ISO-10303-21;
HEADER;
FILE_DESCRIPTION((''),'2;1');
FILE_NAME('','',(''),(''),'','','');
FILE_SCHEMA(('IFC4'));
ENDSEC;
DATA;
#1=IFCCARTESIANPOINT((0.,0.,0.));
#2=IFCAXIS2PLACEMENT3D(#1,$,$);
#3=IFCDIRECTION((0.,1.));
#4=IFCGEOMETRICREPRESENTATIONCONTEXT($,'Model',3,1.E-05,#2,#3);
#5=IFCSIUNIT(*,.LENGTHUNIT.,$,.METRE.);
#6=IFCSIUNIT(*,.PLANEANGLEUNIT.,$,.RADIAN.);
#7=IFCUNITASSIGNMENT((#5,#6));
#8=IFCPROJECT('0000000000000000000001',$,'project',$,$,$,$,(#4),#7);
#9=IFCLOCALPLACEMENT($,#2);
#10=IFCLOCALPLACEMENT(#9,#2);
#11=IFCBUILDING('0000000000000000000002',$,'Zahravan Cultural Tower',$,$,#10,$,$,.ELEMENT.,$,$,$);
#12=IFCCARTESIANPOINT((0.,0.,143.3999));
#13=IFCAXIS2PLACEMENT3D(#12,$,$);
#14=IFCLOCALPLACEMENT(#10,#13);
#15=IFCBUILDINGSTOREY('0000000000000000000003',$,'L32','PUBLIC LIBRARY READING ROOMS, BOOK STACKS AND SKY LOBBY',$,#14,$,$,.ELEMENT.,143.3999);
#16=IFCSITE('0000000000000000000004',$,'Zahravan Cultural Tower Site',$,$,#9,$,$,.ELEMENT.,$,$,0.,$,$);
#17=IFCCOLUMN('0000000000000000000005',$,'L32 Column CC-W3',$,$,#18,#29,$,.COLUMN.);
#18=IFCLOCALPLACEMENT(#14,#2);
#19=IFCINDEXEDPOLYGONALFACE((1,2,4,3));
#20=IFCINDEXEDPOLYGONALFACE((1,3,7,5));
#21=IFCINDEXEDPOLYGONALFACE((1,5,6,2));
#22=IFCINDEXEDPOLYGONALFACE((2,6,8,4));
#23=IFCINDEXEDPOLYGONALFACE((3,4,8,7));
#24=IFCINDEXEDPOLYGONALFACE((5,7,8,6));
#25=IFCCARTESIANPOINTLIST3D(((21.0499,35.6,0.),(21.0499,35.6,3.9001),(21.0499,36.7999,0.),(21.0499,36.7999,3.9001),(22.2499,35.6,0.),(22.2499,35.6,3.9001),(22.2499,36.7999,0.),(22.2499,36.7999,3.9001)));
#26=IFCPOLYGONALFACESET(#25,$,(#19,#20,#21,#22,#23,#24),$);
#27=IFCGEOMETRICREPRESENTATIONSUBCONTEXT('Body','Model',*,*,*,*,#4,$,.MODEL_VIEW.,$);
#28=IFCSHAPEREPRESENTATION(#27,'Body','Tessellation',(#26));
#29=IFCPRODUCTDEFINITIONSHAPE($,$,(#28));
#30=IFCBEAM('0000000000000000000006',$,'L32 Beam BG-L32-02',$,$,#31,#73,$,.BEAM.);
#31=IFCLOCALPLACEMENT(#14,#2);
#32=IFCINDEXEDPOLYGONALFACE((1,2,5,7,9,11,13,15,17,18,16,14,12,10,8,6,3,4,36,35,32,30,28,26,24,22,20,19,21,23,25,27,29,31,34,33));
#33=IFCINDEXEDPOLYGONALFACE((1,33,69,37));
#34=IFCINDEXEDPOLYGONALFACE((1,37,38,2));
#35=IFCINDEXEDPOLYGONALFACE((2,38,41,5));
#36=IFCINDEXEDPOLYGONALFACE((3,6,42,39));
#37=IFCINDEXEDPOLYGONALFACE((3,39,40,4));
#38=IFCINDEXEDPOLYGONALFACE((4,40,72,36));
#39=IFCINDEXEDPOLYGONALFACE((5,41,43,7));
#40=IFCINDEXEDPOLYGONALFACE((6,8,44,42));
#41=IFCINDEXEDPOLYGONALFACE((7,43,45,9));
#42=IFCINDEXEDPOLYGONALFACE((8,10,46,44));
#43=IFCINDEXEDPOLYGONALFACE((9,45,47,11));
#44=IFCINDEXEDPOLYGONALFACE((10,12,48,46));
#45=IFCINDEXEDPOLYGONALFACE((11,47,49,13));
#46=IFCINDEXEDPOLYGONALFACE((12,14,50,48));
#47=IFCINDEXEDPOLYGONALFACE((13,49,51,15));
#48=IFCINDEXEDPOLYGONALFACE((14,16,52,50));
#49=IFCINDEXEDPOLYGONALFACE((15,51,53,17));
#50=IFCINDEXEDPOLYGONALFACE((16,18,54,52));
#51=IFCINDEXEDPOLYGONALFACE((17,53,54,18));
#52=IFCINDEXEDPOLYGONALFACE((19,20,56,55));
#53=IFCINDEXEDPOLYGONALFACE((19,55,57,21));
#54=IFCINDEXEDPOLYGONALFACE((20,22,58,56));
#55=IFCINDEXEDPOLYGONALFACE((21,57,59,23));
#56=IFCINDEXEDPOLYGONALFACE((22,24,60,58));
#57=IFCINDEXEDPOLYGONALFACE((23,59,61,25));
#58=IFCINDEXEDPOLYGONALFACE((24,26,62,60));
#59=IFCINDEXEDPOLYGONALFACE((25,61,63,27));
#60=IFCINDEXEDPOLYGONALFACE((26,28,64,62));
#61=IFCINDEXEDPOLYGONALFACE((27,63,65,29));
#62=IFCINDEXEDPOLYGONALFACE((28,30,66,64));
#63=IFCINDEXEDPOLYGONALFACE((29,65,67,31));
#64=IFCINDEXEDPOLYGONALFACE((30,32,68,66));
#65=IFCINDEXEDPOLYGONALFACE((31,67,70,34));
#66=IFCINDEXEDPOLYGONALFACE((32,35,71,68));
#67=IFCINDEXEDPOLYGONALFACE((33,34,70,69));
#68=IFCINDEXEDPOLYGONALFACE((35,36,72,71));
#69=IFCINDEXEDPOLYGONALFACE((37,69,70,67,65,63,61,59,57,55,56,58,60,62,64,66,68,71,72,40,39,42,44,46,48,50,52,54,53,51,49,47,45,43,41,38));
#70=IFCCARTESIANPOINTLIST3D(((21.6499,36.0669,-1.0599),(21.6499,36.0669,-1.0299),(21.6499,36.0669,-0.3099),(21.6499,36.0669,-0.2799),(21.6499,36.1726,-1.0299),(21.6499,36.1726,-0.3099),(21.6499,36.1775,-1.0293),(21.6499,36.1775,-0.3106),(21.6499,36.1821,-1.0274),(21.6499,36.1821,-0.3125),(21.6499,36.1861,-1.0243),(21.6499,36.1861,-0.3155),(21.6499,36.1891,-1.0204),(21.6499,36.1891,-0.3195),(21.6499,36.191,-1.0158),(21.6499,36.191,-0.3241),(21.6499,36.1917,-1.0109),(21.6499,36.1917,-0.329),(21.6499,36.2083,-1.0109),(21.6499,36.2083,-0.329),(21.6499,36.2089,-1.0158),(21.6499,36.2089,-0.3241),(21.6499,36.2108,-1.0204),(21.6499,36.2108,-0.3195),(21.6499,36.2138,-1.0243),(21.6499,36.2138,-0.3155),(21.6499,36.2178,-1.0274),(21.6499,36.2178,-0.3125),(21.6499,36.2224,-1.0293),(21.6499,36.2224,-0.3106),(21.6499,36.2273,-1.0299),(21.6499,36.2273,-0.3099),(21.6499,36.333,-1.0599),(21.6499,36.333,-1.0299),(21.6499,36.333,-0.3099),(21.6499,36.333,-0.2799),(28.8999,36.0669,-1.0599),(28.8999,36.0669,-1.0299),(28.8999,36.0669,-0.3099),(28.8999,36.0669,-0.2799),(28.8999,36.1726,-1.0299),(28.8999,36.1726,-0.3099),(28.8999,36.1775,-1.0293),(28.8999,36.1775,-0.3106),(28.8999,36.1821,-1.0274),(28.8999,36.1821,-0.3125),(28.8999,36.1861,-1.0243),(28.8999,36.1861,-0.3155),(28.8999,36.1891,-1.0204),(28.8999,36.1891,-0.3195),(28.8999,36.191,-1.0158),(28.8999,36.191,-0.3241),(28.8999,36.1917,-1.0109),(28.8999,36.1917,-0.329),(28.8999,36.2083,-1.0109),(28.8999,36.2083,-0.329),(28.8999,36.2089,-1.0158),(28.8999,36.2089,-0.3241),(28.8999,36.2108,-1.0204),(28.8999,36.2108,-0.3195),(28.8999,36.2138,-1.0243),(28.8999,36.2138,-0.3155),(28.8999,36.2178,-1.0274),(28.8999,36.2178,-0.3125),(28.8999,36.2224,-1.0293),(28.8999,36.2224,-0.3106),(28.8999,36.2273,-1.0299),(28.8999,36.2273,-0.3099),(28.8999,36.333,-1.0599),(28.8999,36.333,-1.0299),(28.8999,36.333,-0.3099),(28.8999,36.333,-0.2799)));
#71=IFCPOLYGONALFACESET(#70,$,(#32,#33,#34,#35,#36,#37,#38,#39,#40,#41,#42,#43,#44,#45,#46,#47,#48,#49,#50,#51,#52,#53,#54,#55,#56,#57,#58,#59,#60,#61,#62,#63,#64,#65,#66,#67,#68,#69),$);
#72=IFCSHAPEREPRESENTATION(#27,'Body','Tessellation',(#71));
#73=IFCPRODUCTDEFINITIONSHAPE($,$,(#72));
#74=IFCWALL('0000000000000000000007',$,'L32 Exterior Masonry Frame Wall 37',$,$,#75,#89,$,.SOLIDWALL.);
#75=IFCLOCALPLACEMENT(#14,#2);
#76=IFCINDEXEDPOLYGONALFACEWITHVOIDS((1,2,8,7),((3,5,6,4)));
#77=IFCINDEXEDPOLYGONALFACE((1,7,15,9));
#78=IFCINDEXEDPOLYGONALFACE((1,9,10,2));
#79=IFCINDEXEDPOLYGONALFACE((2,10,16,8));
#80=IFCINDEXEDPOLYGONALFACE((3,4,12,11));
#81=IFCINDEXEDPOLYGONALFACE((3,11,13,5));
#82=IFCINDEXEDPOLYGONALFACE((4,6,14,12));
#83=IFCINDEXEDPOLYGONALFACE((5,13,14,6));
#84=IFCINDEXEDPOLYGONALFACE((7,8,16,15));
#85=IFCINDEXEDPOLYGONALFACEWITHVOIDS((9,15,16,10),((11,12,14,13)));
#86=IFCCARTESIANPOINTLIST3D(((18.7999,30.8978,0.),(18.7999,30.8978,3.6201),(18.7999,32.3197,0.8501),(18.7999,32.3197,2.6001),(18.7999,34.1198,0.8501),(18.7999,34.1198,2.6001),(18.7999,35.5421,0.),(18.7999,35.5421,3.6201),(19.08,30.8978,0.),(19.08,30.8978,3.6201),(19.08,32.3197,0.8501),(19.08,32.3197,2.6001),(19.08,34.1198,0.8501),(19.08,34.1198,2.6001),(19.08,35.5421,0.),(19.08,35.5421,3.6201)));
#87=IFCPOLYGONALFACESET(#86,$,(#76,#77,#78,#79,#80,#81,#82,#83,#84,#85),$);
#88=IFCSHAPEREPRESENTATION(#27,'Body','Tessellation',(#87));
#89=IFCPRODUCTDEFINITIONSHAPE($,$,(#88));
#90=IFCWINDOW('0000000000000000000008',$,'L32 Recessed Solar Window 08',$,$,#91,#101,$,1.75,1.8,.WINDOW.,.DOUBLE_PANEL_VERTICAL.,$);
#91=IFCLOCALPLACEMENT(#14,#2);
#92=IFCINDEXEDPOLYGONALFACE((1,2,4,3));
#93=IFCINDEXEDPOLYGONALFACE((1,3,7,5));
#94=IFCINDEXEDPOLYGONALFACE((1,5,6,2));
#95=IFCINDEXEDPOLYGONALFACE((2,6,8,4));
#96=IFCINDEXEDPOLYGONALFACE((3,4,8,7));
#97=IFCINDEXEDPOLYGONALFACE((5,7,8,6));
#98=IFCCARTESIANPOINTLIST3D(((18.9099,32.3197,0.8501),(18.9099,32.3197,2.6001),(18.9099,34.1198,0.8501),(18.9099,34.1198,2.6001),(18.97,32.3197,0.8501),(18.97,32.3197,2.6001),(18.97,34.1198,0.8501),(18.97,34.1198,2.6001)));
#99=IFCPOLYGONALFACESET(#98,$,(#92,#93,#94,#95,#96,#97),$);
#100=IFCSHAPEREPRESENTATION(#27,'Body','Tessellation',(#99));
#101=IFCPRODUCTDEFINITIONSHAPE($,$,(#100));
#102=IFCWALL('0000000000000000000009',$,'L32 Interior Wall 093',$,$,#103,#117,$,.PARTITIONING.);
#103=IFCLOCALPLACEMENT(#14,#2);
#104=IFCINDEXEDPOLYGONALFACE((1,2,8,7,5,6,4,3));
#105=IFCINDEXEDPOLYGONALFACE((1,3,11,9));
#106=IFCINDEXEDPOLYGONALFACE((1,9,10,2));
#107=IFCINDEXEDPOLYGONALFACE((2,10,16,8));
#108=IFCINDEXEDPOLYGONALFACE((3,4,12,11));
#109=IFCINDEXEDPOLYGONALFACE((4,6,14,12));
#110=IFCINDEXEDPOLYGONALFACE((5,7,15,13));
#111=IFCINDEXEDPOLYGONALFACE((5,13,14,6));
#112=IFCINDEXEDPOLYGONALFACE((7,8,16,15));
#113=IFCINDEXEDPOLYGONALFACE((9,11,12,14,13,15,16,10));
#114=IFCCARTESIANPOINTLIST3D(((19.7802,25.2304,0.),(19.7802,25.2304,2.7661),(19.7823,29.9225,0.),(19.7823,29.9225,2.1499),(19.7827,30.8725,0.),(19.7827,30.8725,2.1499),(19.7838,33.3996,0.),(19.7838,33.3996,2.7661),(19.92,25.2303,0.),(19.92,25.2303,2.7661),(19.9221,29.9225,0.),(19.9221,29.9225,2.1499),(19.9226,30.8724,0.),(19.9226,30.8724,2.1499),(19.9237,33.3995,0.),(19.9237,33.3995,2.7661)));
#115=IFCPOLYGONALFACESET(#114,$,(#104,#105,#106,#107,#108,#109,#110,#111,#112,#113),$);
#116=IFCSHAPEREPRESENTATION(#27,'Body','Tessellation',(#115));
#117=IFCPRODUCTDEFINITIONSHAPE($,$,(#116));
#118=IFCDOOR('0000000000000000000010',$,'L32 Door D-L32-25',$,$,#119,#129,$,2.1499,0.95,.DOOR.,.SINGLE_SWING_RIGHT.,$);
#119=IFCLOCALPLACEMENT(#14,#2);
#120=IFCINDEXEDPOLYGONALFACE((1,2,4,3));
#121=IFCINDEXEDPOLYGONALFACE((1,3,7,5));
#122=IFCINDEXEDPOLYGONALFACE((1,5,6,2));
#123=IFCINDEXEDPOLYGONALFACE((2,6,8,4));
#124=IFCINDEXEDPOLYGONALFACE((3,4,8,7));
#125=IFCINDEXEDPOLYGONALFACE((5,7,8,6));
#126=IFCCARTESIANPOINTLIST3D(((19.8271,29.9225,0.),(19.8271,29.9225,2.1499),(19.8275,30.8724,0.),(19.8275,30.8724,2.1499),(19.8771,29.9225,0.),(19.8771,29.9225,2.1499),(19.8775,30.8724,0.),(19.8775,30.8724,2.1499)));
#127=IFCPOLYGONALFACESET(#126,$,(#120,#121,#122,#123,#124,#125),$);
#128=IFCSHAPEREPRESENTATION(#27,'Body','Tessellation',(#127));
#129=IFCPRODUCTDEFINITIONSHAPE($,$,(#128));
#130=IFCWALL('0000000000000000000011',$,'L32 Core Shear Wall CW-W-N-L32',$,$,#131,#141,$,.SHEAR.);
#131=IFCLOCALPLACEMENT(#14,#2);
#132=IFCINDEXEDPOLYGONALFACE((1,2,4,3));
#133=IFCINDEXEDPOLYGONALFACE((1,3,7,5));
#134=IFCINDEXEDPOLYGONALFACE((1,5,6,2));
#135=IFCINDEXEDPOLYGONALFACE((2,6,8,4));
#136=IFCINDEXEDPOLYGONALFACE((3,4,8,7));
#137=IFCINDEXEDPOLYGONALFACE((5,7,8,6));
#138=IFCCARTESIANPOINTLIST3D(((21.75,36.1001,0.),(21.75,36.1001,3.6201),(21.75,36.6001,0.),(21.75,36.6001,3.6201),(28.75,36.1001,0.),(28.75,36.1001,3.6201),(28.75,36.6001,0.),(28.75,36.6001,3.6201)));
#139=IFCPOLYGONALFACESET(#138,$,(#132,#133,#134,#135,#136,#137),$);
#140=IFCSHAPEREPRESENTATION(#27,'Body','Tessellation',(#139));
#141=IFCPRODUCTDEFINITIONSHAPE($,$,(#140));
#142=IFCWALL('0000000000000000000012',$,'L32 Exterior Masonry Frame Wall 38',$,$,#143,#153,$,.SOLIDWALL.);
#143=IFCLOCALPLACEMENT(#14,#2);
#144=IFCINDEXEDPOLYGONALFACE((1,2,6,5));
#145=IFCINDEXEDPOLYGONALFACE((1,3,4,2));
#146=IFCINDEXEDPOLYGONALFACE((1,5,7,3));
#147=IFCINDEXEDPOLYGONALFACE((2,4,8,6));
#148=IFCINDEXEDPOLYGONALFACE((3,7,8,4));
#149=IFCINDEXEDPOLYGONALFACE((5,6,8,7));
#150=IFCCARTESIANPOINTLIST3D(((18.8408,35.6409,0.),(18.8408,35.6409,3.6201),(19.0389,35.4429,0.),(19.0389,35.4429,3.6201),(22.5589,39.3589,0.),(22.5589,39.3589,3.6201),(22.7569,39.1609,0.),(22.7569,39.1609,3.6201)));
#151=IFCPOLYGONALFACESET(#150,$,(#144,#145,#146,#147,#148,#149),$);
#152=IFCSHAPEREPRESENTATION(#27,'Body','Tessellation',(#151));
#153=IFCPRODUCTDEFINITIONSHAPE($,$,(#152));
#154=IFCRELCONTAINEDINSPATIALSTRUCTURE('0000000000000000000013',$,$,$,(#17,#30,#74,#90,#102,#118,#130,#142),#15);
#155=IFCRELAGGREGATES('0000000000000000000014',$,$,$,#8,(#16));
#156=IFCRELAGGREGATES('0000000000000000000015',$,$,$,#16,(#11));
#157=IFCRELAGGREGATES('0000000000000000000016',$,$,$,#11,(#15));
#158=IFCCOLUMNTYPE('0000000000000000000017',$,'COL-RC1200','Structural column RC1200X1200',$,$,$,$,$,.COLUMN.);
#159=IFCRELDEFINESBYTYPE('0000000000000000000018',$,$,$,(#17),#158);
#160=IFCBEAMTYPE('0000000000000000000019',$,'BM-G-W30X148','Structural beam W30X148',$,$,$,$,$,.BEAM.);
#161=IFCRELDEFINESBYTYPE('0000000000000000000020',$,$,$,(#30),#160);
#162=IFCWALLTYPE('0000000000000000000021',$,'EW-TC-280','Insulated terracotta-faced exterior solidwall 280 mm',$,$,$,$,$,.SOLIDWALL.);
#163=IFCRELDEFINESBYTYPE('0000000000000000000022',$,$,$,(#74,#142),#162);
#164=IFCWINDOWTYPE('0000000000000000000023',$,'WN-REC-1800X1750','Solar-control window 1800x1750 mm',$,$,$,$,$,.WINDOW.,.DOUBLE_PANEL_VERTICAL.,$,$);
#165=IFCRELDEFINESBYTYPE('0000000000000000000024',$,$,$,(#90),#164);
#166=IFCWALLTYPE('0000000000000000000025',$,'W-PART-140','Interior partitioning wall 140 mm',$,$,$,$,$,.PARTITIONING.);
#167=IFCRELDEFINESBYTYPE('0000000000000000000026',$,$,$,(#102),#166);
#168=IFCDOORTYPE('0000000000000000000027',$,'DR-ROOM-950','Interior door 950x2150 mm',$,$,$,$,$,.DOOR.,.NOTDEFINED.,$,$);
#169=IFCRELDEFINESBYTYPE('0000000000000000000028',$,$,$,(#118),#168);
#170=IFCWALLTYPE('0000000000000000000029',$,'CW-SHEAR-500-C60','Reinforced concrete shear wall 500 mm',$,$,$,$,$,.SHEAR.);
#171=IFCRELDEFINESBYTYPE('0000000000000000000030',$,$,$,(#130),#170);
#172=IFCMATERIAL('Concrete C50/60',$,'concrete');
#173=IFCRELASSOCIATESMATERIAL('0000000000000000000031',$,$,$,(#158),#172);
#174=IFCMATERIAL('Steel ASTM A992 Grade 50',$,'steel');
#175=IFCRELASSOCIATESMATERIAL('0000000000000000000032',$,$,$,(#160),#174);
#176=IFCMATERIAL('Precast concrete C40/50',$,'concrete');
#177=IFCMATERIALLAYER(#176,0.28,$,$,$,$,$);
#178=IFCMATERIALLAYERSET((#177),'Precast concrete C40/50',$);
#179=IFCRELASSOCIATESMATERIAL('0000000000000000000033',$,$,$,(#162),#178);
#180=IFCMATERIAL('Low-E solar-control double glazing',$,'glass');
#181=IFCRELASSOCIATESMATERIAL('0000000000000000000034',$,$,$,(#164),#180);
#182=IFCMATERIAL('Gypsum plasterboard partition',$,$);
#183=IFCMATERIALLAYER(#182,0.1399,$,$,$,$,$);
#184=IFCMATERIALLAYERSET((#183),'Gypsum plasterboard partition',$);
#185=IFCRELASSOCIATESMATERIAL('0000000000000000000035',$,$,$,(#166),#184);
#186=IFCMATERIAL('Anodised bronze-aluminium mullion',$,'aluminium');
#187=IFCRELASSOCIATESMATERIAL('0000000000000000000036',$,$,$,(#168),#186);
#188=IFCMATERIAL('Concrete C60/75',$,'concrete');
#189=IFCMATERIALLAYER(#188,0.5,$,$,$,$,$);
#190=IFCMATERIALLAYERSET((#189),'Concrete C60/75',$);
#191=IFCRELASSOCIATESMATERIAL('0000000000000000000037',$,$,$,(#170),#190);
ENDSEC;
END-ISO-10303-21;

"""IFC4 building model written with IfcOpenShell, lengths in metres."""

from ifc_helpers import new_model, si_unit, direction, frame, frame_2d, origin, origin_2d, place, context, subcontext, project, spatial, rectangle, i_section, extrude, source, transform, mapped, material, layer, layer_set, material_profile, profile_set, type_object, element, fill, save


model = new_model("IFC4")

# Units and contexts
model_context = context("Model", 3, precision=1e-05, world=origin(), true_north=direction((0.0, 1.0)))
body_context = subcontext(model_context, "Body", "Model", "MODEL_VIEW")
ifc_project = project(units=[si_unit("LENGTHUNIT", "METRE"), si_unit("PLANEANGLEUNIT", "RADIAN")], contexts=[model_context])

# Site, building, storey
site_placement = place(None, origin())
site = spatial("IfcSite", under=ifc_project, at=site_placement, Name="Zahravan Cultural Tower Site", CompositionType="ELEMENT", RefElevation=0.0)
building_placement = place(site_placement, origin())
building = spatial("IfcBuilding", under=site, at=building_placement, Name="Zahravan Cultural Tower", CompositionType="ELEMENT")
storey_placement = place(building_placement, frame((0.0, 0.0, 143.3999)))
storey = spatial("IfcBuildingStorey", under=building, at=storey_placement, Name="L32", Description="PUBLIC LIBRARY READING ROOMS, BOOK STACKS AND SKY LOBBY", CompositionType="ELEMENT", Elevation=143.3999)

# Column
ifc_material_1 = material(Name="Concrete C50/60", Category="concrete")
ifc_material_profile_1 = material_profile(ifc_material_1, rectangle(XDim=1.2, YDim=1.2, at=origin_2d()), Name="RC1200X1200")
ifc_profile_set_1 = profile_set([ifc_material_profile_1], Name="Concrete C50/60")
column_type = type_object("IfcColumnType", Name="COL-RC1200", Description="Structural column RC1200X1200", PredefinedType="COLUMN", material=ifc_profile_set_1)
shared_shape_1 = source(origin(), body_context, "Body", "SweptSolid", [
    extrude(rectangle(XDim=1.2, YDim=1.2, at=origin_2d()), origin(), (0.0, 0.0, 1.0), 3.9001),
])
column_placement = place(storey_placement, frame((21.6499, 36.2, 0.0), z_axis=(0.0, 0.0, 1.0), x_axis=(1.0, 0.0, 0.0)))
element("IfcColumn", 1, at=column_placement, inside=storey, type_object=column_type, Name="L32 Column CC-W3", PredefinedType="COLUMN", context=body_context, shape_type="MappedRepresentation", body=[
    mapped(shared_shape_1, transform((0.0, 0.0, 0.0), x_axis=(1.0, 0.0, 0.0), y_axis=(0.0, 1.0, 0.0), z_axis=(0.0, 0.0, 1.0), scale=1.0)),
])

# Beam
ifc_material_2 = material(Name="Steel ASTM A992 Grade 50", Category="steel")
ifc_material_profile_2 = material_profile(ifc_material_2, i_section(OverallWidth=0.2661, OverallDepth=0.78, WebThickness=0.0166, FlangeThickness=0.03, FilletRadius=0.019, at=origin_2d()), Name="W30X148")
ifc_profile_set_2 = profile_set([ifc_material_profile_2], Name="Steel ASTM A992 Grade 50")
beam_type = type_object("IfcBeamType", Name="BM-G-W30X148", Description="Structural beam W30X148", PredefinedType="BEAM", material=ifc_profile_set_2)
shared_shape_2 = source(origin(), body_context, "Body", "SweptSolid", [
    extrude(i_section(OverallWidth=0.2661, OverallDepth=0.78, WebThickness=0.0166, FlangeThickness=0.03, FilletRadius=0.019, at=origin_2d()), origin(), (0.0, 0.0, 1.0), 7.25),
])
beam_placement = place(storey_placement, frame((21.6499, 36.2, -0.6699), z_axis=(1.0, 0.0, 0.0), x_axis=(0.0, 1.0, 0.0)))
element("IfcBeam", 2, at=beam_placement, inside=storey, type_object=beam_type, Name="L32 Beam BG-L32-02", PredefinedType="BEAM", context=body_context, shape_type="MappedRepresentation", body=[
    mapped(shared_shape_2, transform((0.0, 0.0, 0.0), x_axis=(1.0, 0.0, 0.0), y_axis=(0.0, 1.0, 0.0), z_axis=(0.0, 0.0, 1.0), scale=1.0)),
])

# Wall, opening, window
ifc_material_3 = material(Name="Precast concrete C40/50", Category="concrete")
ifc_layer_1 = layer(ifc_material_3, 0.28)
ifc_layer_set_1 = layer_set([ifc_layer_1], Name="Precast concrete C40/50")
wall_type_1 = type_object("IfcWallType", Name="EW-TC-280", Description="Insulated terracotta-faced exterior solidwall 280 mm", PredefinedType="SOLIDWALL", material=ifc_layer_set_1)
wall_1_placement = place(storey_placement, frame((18.9399, 30.8977, 0.0), z_axis=(0.0, 0.0, 1.0), x_axis=(0.0, 1.0, 0.0)))
wall_1 = element("IfcWall", 3, at=wall_1_placement, inside=storey, type_object=wall_type_1, Name="L32 Exterior Masonry Frame Wall 37", PredefinedType="SOLIDWALL", context=body_context, shape_type="SweptSolid", body=[
    extrude(rectangle(XDim=4.6443, YDim=0.28, at=frame_2d((2.3223, 0.0))), origin(), (0.0, 0.0, 1.0), 3.6201),
])
opening_1_placement = place(wall_1_placement, frame((1.4221, 0.0, 0.8501)))
opening_1 = element("IfcOpeningElement", 4, at=opening_1_placement, cuts=wall_1, PredefinedType="OPENING", context=body_context, shape_type="SweptSolid", body=[
    extrude(rectangle(XDim=1.8, YDim=1.75, at=frame_2d((0.8999, 0.875))), frame((0.0, 0.1499, 0.0), z_axis=(0.0, -1.0, 0.0), x_axis=(1.0, 0.0, 0.0)), (0.0, 0.0, 1.0), 0.3),
])
ifc_material_4 = material(Name="Low-E solar-control double glazing", Category="glass")
window_type = type_object("IfcWindowType", Name="WN-REC-1800X1750", Description="Solar-control window 1800x1750 mm", PartitioningType="DOUBLE_PANEL_VERTICAL", PredefinedType="WINDOW", material=ifc_material_4)
shared_shape_3 = source(origin(), body_context, "Body", "SweptSolid", [
    extrude(rectangle(XDim=1.8, YDim=1.75, at=frame_2d((0.8999, 0.875))), frame((0.0, 0.03, 0.0), z_axis=(0.0, -1.0, 0.0), x_axis=(1.0, 0.0, 0.0)), (0.0, 0.0, 1.0), 0.0601),
])
window_placement = place(opening_1_placement, origin())
window = element("IfcWindow", 5, at=window_placement, inside=storey, type_object=window_type, Name="L32 Recessed Solar Window 08", OverallHeight=1.75, OverallWidth=1.8, PartitioningType="DOUBLE_PANEL_VERTICAL", PredefinedType="WINDOW", context=body_context, shape_type="MappedRepresentation", body=[
    mapped(shared_shape_3, transform((0.0, 0.0, 0.0), x_axis=(1.0, 0.0, 0.0), y_axis=(0.0, 1.0, 0.0), z_axis=(0.0, 0.0, 1.0), scale=1.0)),
])
fill(opening_1, window)

# Wall, opening, door
ifc_material_5 = material(Name="Anodised bronze-aluminium mullion", Category="aluminium")
ifc_material_6 = material(Name="Gypsum plasterboard partition")
ifc_layer_2 = layer(ifc_material_6, 0.1399)
ifc_layer_set_2 = layer_set([ifc_layer_2], Name="Gypsum plasterboard partition")
wall_type_2 = type_object("IfcWallType", Name="W-PART-140", Description="Interior partitioning wall 140 mm", PredefinedType="PARTITIONING", material=ifc_layer_set_2)
wall_2_placement = place(storey_placement, frame((19.8538, 33.3994, 0.0), z_axis=(0.0, 0.0, 1.0), x_axis=(-0.000448, -1.0, 0.0)))
wall_2 = element("IfcWall", 6, at=wall_2_placement, inside=storey, type_object=wall_type_2, Name="L32 Interior Wall 093", PredefinedType="PARTITIONING", context=body_context, shape_type="SweptSolid", body=[
    extrude(rectangle(XDim=8.1692, YDim=0.1399, at=frame_2d((4.0845, 0.0))), origin(), (0.0, 0.0, 1.0), 2.7661),
])
opening_2_placement = place(wall_2_placement, frame((2.5269, 0.0, 0.0)))
opening_2 = element("IfcOpeningElement", 7, at=opening_2_placement, cuts=wall_2, PredefinedType="OPENING", context=body_context, shape_type="SweptSolid", body=[
    extrude(rectangle(XDim=0.95, YDim=2.1499, at=frame_2d((0.4751, 1.075))), frame((0.0, 0.0798, 0.0), z_axis=(0.0, -1.0, 0.0), x_axis=(1.0, 0.0, 0.0)), (0.0, 0.0, 1.0), 0.1599),
])
door_type_1 = type_object("IfcDoorType", Name="DR-ROOM-950", Description="Interior door 950x2150 mm", OperationType="NOTDEFINED", PredefinedType="DOOR", material=ifc_material_5)
shared_shape_4 = source(origin(), body_context, "Body", "SweptSolid", [
    extrude(rectangle(XDim=0.95, YDim=2.1499, at=frame_2d((0.4751, 1.075))), frame((0.0, 0.0249, 0.0), z_axis=(0.0, -1.0, 0.0), x_axis=(1.0, 0.0, 0.0)), (0.0, 0.0, 1.0), 0.05),
])
door_1_placement = place(opening_2_placement, origin())
door_1 = element("IfcDoor", 8, at=door_1_placement, inside=storey, type_object=door_type_1, Name="L32 Door D-L32-25", OperationType="SINGLE_SWING_RIGHT", OverallHeight=2.1499, OverallWidth=0.95, PredefinedType="DOOR", context=body_context, shape_type="MappedRepresentation", body=[
    mapped(shared_shape_4, transform((0.0, 0.0, 0.0), x_axis=(1.0, 0.0, 0.0), y_axis=(0.0, 1.0, 0.0), z_axis=(0.0, 0.0, 1.0), scale=1.0)),
])
fill(opening_2, door_1)

# Walls
ifc_material_7 = material(Name="Concrete C60/75", Category="concrete")
ifc_layer_3 = layer(ifc_material_7, 0.5)
ifc_layer_set_3 = layer_set([ifc_layer_3], Name="Concrete C60/75")
wall_type_3 = type_object("IfcWallType", Name="CW-SHEAR-500-C60", Description="Reinforced concrete shear wall 500 mm", PredefinedType="SHEAR", material=ifc_layer_set_3)
shared_shape_5 = source(origin(), body_context, "Body", "SweptSolid", [
    extrude(rectangle(XDim=7.0, YDim=0.5, at=frame_2d((3.5, 0.0))), origin(), (0.0, 0.0, 1.0), 3.6201),
])
wall_3_placement = place(storey_placement, frame((21.75, 36.3501, 0.0), z_axis=(0.0, 0.0, 1.0), x_axis=(1.0, 0.0, 0.0)))
element("IfcWall", 9, at=wall_3_placement, inside=storey, type_object=wall_type_3, Name="L32 Core Shear Wall CW-W-N-L32", PredefinedType="SHEAR", context=body_context, shape_type="MappedRepresentation", body=[
    mapped(shared_shape_5, transform((0.0, 0.0, 0.0), x_axis=(1.0, 0.0, 0.0), y_axis=(0.0, 1.0, 0.0), z_axis=(0.0, 0.0, 1.0), scale=1.0)),
])
shared_shape_6 = source(origin(), body_context, "Body", "SweptSolid", [
    extrude(rectangle(XDim=5.2581, YDim=0.28, at=frame_2d((2.6289, 0.0))), origin(), (0.0, 0.0, 1.0), 3.6201),
])
wall_4_placement = place(storey_placement, frame((18.9399, 35.542, 0.0), z_axis=(0.0, 0.0, 1.0), x_axis=(0.707107, 0.707107, 0.0)))
element("IfcWall", 10, at=wall_4_placement, inside=storey, type_object=wall_type_1, Name="L32 Exterior Masonry Frame Wall 38", PredefinedType="SOLIDWALL", context=body_context, shape_type="MappedRepresentation", body=[
    mapped(shared_shape_6, transform((0.0, 0.0, 0.0), x_axis=(1.0, 0.0, 0.0), y_axis=(0.0, 1.0, 0.0), z_axis=(0.0, 0.0, 1.0), scale=1.0)),
])

save(model, "model.ifc")
